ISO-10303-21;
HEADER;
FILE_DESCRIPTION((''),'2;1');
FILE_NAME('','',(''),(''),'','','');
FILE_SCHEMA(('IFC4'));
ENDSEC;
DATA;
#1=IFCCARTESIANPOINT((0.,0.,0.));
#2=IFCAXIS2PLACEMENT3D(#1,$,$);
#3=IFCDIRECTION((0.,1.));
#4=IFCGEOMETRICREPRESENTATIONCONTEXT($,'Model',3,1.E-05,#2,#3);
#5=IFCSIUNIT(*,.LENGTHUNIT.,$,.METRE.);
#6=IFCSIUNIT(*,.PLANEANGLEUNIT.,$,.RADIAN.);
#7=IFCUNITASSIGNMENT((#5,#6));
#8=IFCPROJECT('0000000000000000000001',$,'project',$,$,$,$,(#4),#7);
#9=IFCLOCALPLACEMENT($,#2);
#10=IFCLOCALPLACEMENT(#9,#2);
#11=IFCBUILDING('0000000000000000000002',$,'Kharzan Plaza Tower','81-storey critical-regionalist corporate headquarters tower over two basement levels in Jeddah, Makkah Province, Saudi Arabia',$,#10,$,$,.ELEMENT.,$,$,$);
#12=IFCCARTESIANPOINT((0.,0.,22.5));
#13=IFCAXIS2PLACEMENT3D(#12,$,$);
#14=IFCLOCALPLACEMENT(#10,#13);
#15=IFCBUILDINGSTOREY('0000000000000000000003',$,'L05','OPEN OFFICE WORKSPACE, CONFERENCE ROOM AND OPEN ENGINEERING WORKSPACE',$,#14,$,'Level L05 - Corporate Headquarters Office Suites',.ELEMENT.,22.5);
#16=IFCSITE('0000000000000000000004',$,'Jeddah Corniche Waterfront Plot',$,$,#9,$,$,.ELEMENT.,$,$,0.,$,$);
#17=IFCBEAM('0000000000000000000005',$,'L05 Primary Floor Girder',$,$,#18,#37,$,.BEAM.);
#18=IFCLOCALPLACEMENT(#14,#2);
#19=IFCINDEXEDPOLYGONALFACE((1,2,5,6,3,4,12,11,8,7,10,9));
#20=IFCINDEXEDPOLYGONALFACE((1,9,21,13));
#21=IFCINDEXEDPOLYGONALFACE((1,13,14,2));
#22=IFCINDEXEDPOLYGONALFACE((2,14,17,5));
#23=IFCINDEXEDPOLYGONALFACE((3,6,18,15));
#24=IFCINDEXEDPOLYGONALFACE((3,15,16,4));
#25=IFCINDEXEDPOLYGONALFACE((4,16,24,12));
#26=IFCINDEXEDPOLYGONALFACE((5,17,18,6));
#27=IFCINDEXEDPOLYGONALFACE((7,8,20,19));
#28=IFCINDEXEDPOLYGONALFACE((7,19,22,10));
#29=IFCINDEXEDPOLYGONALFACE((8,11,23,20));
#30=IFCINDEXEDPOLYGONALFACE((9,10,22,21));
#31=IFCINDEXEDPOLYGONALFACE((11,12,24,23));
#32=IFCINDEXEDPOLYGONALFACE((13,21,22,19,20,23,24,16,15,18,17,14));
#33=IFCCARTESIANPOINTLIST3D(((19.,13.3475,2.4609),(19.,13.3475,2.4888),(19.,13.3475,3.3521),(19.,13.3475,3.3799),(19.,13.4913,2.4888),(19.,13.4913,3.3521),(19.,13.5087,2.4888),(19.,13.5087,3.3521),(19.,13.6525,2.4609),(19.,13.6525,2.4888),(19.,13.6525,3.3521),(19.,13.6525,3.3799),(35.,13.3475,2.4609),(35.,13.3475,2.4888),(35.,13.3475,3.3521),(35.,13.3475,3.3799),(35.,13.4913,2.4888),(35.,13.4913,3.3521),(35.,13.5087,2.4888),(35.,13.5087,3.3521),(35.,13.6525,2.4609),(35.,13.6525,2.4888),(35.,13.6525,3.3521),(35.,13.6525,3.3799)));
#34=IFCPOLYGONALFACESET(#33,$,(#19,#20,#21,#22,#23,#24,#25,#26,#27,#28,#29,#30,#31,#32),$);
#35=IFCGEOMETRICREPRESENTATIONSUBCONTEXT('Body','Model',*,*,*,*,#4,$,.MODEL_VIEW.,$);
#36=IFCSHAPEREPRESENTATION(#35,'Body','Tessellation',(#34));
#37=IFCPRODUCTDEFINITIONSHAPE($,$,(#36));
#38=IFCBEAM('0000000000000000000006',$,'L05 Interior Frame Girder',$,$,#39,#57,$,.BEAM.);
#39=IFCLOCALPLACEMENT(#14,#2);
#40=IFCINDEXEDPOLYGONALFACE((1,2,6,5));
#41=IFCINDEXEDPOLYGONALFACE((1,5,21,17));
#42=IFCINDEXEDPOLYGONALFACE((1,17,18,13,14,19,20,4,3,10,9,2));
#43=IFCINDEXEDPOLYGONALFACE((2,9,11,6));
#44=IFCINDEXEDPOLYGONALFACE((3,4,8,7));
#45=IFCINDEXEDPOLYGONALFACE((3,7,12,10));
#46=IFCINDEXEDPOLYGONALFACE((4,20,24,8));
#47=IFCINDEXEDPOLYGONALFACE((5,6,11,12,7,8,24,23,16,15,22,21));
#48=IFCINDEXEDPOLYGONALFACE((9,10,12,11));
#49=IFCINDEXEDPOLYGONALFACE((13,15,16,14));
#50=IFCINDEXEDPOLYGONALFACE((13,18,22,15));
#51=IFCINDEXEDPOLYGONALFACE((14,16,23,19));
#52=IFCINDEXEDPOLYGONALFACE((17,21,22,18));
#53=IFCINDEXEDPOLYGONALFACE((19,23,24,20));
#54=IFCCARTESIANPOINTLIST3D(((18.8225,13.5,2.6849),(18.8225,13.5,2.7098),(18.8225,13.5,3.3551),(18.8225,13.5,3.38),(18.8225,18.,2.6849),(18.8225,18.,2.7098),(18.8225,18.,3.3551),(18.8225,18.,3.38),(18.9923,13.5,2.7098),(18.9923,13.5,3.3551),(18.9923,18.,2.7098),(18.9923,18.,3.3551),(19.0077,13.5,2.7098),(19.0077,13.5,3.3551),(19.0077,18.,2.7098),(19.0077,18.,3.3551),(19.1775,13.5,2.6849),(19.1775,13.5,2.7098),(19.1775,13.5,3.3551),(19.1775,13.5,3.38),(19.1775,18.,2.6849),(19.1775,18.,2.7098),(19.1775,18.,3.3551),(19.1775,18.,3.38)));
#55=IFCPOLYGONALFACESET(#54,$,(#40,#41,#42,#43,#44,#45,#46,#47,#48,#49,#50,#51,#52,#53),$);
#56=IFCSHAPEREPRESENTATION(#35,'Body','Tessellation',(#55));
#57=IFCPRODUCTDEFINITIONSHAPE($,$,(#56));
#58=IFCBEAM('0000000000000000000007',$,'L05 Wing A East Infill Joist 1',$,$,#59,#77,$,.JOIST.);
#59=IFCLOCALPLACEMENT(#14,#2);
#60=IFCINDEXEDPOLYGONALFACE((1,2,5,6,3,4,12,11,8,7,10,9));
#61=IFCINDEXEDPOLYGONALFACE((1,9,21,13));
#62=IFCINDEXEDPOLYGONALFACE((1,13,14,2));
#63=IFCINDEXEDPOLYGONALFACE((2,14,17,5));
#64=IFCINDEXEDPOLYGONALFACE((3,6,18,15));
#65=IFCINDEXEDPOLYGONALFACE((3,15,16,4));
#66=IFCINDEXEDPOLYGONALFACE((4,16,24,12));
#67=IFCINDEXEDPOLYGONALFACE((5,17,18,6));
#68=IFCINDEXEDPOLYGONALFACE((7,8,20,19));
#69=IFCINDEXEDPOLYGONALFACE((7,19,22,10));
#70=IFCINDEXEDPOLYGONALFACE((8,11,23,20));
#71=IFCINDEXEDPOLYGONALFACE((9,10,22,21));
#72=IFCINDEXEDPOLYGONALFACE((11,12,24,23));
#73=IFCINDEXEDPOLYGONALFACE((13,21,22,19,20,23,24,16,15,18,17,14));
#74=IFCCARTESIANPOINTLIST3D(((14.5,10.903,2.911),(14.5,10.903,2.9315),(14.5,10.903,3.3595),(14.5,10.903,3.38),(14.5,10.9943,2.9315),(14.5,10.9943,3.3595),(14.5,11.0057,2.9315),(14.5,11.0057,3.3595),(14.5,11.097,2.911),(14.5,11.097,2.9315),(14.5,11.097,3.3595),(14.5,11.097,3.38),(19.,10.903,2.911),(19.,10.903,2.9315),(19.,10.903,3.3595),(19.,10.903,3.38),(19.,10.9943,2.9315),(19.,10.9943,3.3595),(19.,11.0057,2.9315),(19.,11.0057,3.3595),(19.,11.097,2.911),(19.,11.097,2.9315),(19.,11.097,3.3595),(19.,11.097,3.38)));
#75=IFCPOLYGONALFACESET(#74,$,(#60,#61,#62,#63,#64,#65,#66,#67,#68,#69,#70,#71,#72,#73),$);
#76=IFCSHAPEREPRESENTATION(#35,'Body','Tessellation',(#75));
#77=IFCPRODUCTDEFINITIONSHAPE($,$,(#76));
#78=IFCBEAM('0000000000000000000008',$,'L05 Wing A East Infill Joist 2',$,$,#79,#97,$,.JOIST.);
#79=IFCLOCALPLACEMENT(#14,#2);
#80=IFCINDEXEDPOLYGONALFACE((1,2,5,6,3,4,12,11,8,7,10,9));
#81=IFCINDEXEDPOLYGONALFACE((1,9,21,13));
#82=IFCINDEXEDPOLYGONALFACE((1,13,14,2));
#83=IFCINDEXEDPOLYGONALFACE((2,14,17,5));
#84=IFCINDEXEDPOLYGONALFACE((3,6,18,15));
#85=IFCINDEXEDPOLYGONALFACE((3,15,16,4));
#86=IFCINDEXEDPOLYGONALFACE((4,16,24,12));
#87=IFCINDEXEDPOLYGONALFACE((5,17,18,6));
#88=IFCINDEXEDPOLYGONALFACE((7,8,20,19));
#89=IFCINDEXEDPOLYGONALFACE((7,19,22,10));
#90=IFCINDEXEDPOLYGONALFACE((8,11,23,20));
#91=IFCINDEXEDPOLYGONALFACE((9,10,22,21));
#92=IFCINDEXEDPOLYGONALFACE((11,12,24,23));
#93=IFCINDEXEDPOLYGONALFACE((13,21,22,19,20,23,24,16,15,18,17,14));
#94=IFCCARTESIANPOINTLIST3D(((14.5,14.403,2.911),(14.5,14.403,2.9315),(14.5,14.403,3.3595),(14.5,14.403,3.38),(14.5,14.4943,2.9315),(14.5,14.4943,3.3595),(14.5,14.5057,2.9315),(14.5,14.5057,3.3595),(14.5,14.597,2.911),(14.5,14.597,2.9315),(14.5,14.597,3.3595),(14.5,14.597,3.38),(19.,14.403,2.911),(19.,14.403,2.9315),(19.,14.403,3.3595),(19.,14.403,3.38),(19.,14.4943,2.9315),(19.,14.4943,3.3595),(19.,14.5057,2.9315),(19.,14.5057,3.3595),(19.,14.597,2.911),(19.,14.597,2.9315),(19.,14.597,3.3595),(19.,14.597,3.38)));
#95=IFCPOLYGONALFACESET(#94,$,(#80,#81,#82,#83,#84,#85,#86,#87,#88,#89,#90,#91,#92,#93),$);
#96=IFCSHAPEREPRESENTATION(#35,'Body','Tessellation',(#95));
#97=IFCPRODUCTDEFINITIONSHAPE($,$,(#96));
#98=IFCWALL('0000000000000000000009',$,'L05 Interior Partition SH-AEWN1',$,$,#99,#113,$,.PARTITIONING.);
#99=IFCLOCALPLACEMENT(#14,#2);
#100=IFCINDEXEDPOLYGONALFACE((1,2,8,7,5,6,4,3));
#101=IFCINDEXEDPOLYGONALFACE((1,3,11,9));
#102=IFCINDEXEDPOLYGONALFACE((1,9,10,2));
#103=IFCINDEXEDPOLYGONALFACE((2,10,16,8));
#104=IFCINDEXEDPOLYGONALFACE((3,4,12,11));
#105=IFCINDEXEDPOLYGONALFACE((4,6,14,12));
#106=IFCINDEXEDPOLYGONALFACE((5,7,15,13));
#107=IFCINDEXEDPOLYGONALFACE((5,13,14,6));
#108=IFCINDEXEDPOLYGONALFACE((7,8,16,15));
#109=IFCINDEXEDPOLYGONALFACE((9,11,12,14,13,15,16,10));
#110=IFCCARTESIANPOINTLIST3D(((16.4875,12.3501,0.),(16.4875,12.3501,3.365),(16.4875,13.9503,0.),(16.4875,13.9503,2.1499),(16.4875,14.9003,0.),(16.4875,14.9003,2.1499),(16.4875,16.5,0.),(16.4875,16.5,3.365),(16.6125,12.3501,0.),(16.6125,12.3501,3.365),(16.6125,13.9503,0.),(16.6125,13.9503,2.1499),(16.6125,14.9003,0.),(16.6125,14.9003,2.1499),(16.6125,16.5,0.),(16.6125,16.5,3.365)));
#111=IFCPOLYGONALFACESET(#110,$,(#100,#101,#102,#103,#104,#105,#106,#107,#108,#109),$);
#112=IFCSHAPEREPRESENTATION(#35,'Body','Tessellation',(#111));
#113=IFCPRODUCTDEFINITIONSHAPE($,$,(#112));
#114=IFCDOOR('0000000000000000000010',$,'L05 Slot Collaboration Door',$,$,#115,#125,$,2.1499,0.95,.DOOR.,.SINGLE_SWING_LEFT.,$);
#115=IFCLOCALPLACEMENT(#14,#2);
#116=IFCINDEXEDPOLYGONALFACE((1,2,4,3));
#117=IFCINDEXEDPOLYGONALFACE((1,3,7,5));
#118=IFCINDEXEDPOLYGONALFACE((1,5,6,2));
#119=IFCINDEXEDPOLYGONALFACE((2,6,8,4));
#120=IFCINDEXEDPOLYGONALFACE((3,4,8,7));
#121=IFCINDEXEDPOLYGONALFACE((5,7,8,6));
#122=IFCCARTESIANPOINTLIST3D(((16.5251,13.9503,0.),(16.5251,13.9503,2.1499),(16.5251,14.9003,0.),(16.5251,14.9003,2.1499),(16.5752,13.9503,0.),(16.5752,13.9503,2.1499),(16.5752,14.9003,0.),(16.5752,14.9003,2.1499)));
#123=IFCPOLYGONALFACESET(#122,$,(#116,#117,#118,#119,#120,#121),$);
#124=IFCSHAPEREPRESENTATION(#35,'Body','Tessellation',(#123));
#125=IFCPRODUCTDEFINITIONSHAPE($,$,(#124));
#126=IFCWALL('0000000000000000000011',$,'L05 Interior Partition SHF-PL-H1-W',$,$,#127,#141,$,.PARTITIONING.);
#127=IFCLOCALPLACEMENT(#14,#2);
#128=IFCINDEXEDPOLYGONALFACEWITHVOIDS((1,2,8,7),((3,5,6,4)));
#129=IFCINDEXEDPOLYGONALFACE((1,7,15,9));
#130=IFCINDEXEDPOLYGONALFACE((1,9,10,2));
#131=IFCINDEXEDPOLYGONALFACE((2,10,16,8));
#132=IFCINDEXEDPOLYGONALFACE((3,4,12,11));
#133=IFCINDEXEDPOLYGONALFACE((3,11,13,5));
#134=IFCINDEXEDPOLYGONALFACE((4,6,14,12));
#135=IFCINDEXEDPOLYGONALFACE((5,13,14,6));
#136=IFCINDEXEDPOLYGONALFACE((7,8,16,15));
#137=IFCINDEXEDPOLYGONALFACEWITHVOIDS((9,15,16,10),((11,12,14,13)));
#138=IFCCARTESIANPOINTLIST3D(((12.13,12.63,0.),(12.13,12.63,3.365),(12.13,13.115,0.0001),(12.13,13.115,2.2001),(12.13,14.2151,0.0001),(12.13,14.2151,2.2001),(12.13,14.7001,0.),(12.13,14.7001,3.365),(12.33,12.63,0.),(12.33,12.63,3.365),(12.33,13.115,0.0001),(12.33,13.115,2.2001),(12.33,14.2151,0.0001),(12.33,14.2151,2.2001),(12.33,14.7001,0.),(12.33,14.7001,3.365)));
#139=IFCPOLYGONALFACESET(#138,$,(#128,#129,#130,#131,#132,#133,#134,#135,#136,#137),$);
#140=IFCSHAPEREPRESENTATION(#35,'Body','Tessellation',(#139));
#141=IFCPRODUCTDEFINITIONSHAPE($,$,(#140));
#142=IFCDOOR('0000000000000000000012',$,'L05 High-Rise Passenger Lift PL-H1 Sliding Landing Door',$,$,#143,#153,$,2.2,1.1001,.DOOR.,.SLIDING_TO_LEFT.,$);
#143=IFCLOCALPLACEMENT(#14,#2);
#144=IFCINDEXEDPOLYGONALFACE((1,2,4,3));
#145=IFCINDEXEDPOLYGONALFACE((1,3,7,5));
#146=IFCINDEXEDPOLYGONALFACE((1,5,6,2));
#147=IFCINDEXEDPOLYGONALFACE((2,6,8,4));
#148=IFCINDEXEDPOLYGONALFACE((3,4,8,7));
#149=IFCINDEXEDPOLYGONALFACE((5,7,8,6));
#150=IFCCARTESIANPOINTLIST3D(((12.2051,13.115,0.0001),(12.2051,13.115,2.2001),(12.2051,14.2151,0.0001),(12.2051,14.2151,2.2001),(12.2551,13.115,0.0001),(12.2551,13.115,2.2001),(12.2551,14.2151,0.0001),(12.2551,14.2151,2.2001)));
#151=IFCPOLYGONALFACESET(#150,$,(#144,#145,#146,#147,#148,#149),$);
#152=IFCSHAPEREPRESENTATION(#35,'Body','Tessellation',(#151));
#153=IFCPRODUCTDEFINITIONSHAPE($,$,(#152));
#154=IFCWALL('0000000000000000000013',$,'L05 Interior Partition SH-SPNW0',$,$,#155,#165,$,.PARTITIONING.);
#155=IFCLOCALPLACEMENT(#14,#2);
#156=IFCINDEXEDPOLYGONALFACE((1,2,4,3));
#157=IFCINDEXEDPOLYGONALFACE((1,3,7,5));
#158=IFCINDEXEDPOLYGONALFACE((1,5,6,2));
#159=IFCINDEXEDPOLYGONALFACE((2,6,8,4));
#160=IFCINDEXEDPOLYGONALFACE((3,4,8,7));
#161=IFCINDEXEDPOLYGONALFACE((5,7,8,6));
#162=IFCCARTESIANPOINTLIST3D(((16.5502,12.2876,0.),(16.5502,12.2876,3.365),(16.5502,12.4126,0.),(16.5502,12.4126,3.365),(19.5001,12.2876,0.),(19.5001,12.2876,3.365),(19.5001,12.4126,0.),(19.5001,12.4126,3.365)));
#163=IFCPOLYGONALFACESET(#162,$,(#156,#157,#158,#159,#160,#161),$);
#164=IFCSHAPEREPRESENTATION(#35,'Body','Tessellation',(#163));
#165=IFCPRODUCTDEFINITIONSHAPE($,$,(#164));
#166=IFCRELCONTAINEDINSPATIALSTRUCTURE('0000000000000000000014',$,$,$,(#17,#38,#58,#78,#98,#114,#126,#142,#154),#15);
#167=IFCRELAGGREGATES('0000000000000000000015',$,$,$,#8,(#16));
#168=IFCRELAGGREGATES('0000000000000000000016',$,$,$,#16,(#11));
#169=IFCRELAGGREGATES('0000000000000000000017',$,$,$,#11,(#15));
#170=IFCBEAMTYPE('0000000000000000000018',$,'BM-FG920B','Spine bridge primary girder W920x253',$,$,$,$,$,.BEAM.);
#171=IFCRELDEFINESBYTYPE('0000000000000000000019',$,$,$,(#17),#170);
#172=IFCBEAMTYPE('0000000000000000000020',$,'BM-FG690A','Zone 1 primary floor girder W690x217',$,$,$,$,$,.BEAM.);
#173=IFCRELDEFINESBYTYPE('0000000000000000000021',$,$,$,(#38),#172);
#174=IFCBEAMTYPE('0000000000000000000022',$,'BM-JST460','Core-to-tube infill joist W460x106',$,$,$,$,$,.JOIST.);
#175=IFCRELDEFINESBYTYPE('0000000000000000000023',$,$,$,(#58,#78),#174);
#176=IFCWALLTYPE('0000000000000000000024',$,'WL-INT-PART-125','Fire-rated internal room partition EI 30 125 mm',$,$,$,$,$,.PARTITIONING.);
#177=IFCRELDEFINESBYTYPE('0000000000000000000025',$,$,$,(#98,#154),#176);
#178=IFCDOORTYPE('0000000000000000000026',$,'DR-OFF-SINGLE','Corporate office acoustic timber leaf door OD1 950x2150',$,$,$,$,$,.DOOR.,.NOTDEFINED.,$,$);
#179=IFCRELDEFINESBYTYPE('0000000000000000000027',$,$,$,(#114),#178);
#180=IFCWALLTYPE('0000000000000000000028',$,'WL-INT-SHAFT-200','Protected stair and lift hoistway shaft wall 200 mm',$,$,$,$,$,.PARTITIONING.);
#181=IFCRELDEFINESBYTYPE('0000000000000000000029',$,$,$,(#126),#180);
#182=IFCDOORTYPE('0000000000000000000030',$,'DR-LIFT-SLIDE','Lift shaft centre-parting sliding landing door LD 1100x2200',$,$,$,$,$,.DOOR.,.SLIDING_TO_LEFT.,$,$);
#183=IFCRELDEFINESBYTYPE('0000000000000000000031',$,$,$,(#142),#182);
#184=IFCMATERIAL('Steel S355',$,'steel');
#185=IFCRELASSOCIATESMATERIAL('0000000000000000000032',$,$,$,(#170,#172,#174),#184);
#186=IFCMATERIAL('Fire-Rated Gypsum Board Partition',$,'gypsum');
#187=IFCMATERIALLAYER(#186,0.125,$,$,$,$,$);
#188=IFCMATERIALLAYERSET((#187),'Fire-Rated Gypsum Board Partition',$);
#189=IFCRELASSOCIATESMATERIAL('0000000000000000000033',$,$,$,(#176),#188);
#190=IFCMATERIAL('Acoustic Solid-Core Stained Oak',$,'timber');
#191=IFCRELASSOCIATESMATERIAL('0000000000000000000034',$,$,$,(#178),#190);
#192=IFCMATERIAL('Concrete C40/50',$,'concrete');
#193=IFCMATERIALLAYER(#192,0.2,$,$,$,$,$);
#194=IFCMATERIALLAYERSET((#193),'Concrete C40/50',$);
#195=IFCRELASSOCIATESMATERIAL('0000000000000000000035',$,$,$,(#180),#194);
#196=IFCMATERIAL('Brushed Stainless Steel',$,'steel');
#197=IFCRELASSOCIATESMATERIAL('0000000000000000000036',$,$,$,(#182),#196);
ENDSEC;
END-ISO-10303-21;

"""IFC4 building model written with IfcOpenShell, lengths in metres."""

from ifc_helpers import new_model, si_unit, direction, frame, frame_2d, origin, origin_2d, place, context, subcontext, project, spatial, rectangle, i_section, extrude, source, transform, mapped, material, layer, layer_set, material_profile, profile_set, type_object, element, fill, save


model = new_model("IFC4")

# Units and contexts
model_context = context("Model", 3, precision=1e-05, world=origin(), true_north=direction((0.0, 1.0)))
body_context = subcontext(model_context, "Body", "Model", "MODEL_VIEW")
ifc_project = project(units=[si_unit("LENGTHUNIT", "METRE"), si_unit("PLANEANGLEUNIT", "RADIAN")], contexts=[model_context])

# Site, building, storey
site_placement = place(None, origin())
site = spatial("IfcSite", under=ifc_project, at=site_placement, Name="Jeddah Corniche Waterfront Plot", CompositionType="ELEMENT", RefElevation=0.0)
building_placement = place(site_placement, origin())
building = spatial("IfcBuilding", under=site, at=building_placement, Name="Kharzan Plaza Tower", Description="81-storey critical-regionalist corporate headquarters tower over two basement levels in Jeddah, Makkah Province, Saudi Arabia", CompositionType="ELEMENT")
storey_placement = place(building_placement, frame((0.0, 0.0, 22.5)))
storey = spatial("IfcBuildingStorey", under=building, at=storey_placement, Name="L05", Description="OPEN OFFICE WORKSPACE, CONFERENCE ROOM AND OPEN ENGINEERING WORKSPACE", LongName="Level L05 - Corporate Headquarters Office Suites", CompositionType="ELEMENT", Elevation=22.5)

# Beams
ifc_material_1 = material(Name="Steel S355", Category="steel")
ifc_material_profile_1 = material_profile(ifc_material_1, i_section(OverallWidth=0.3049, OverallDepth=0.9189, WebThickness=0.0173, FlangeThickness=0.0278, at=origin_2d()), Name="W920x253")
ifc_profile_set_1 = profile_set([ifc_material_profile_1], Name="Steel S355")
beam_type_1 = type_object("IfcBeamType", Name="BM-FG920B", Description="Spine bridge primary girder W920x253", PredefinedType="BEAM", material=ifc_profile_set_1)
shared_shape_1 = source(origin(), body_context, "Body", "SweptSolid", [
    extrude(i_section(OverallWidth=0.3049, OverallDepth=0.9189, WebThickness=0.0173, FlangeThickness=0.0278, at=origin_2d()), origin(), (0.0, 0.0, 1.0), 16.0),
])
beam_1_placement = place(storey_placement, frame((19.0, 13.5, 2.9204), z_axis=(1.0, 0.0, 0.0), x_axis=(0.0, 1.0, 0.0)))
element("IfcBeam", 1, at=beam_1_placement, inside=storey, type_object=beam_type_1, Name="L05 Primary Floor Girder", PredefinedType="BEAM", context=body_context, shape_type="MappedRepresentation", body=[
    mapped(shared_shape_1, transform((0.0, 0.0, 0.0), x_axis=(1.0, 0.0, 0.0), y_axis=(0.0, 1.0, 0.0), z_axis=(0.0, 0.0, 1.0))),
])
ifc_material_profile_2 = material_profile(ifc_material_1, i_section(OverallWidth=0.355, OverallDepth=0.6951, WebThickness=0.0154, FlangeThickness=0.0249, at=origin_2d()), Name="W690x217")
ifc_profile_set_2 = profile_set([ifc_material_profile_2], Name="Steel S355")
beam_type_2 = type_object("IfcBeamType", Name="BM-FG690A", Description="Zone 1 primary floor girder W690x217", PredefinedType="BEAM", material=ifc_profile_set_2)
shared_shape_2 = source(origin(), body_context, "Body", "SweptSolid", [
    extrude(i_section(OverallWidth=0.355, OverallDepth=0.6951, WebThickness=0.0154, FlangeThickness=0.0249, at=origin_2d()), origin(), (0.0, 0.0, 1.0), 4.5),
])
beam_2_placement = place(storey_placement, frame((19.0, 13.5, 3.0325), z_axis=(0.0, 1.0, 0.0), x_axis=(-1.0, 0.0, 0.0)))
element("IfcBeam", 2, at=beam_2_placement, inside=storey, type_object=beam_type_2, Name="L05 Interior Frame Girder", PredefinedType="BEAM", context=body_context, shape_type="MappedRepresentation", body=[
    mapped(shared_shape_2, transform((0.0, 0.0, 0.0), x_axis=(1.0, 0.0, 0.0), y_axis=(0.0, 1.0, 0.0), z_axis=(0.0, 0.0, 1.0))),
])
ifc_material_profile_3 = material_profile(ifc_material_1, i_section(OverallWidth=0.1941, OverallDepth=0.469, WebThickness=0.0115, FlangeThickness=0.0205, at=origin_2d()), Name="W460x106")
ifc_profile_set_3 = profile_set([ifc_material_profile_3], Name="Steel S355")
beam_type_3 = type_object("IfcBeamType", Name="BM-JST460", Description="Core-to-tube infill joist W460x106", PredefinedType="JOIST", material=ifc_profile_set_3)
shared_shape_3 = source(origin(), body_context, "Body", "SweptSolid", [
    extrude(i_section(OverallWidth=0.1941, OverallDepth=0.469, WebThickness=0.0115, FlangeThickness=0.0205, at=origin_2d()), origin(), (0.0, 0.0, 1.0), 4.5),
])
for number, where, z_axis, x_axis, name in (
    (3, (14.5, 11.0, 3.1455), (1.0, 0.0, 0.0), (0.0, 1.0, 0.0), "L05 Wing A East Infill Joist 1"),
    (4, (14.5, 14.5, 3.1455), (1.0, 0.0, 0.0), (0.0, 1.0, 0.0), "L05 Wing A East Infill Joist 2"),
):
    element("IfcBeam", number, at=place(storey_placement, frame(where, z_axis=z_axis, x_axis=x_axis)), inside=storey, type_object=beam_type_3, Name=name, PredefinedType="JOIST", context=body_context, shape_type="MappedRepresentation", body=[
        mapped(shared_shape_3, transform((0.0, 0.0, 0.0), x_axis=(1.0, 0.0, 0.0), y_axis=(0.0, 1.0, 0.0), z_axis=(0.0, 0.0, 1.0))),
    ])

# Walls, openings, doors
ifc_material_2 = material(Name="Fire-Rated Gypsum Board Partition", Category="gypsum")
ifc_layer_1 = layer(ifc_material_2, 0.125)
ifc_layer_set_1 = layer_set([ifc_layer_1], Name="Fire-Rated Gypsum Board Partition")
wall_type_1 = type_object("IfcWallType", Name="WL-INT-PART-125", Description="Fire-rated internal room partition EI 30 125 mm", PredefinedType="PARTITIONING", material=ifc_layer_set_1)
wall_1_placement = place(storey_placement, frame((16.55, 12.3501, 0.0), z_axis=(0.0, 0.0, 1.0), x_axis=(0.0, 1.0, 0.0)))
wall_1 = element("IfcWall", 5, at=wall_1_placement, inside=storey, type_object=wall_type_1, Name="L05 Interior Partition SH-AEWN1", PredefinedType="PARTITIONING", context=body_context, shape_type="SweptSolid", body=[
    extrude(rectangle(XDim=4.1499, YDim=0.125, at=frame_2d((2.075, 0.0))), origin(), (0.0, 0.0, 1.0), 3.365),
])
opening_1_placement = place(wall_1_placement, frame((1.6001, 0.0, 0.0)))
opening_1 = element("IfcOpeningElement", 6, at=opening_1_placement, cuts=wall_1, PredefinedType="OPENING", context=body_context, shape_type="SweptSolid", body=[
    extrude(rectangle(XDim=0.95, YDim=2.1499, at=frame_2d((0.4751, 1.075))), frame((0.0, 0.0725, 0.0), z_axis=(0.0, -1.0, 0.0), x_axis=(1.0, 0.0, 0.0)), (0.0, 0.0, 1.0), 0.145),
])
ifc_material_3 = material(Name="Acoustic Solid-Core Stained Oak", Category="timber")
door_type_1 = type_object("IfcDoorType", Name="DR-OFF-SINGLE", Description="Corporate office acoustic timber leaf door OD1 950x2150", OperationType="NOTDEFINED", PredefinedType="DOOR", material=ifc_material_3)
shared_shape_4 = source(origin(), body_context, "Body", "SweptSolid", [
    extrude(rectangle(XDim=0.95, YDim=2.1499, at=frame_2d((0.4751, 1.075))), frame((0.0, 0.0249, 0.0), z_axis=(0.0, -1.0, 0.0), x_axis=(1.0, 0.0, 0.0)), (0.0, 0.0, 1.0), 0.05),
])
door_1_placement = place(opening_1_placement, origin())
door_1 = element("IfcDoor", 7, at=door_1_placement, inside=storey, type_object=door_type_1, Name="L05 Slot Collaboration Door", OperationType="SINGLE_SWING_LEFT", OverallHeight=2.1499, OverallWidth=0.95, PredefinedType="DOOR", context=body_context, shape_type="MappedRepresentation", body=[
    mapped(shared_shape_4, transform((0.0, 0.0, 0.0), x_axis=(1.0, 0.0, 0.0), y_axis=(0.0, 1.0, 0.0), z_axis=(0.0, 0.0, 1.0))),
])
fill(opening_1, door_1)
ifc_material_4 = material(Name="Concrete C40/50", Category="concrete")
ifc_layer_2 = layer(ifc_material_4, 0.2)
ifc_layer_set_2 = layer_set([ifc_layer_2], Name="Concrete C40/50")
wall_type_2 = type_object("IfcWallType", Name="WL-INT-SHAFT-200", Description="Protected stair and lift hoistway shaft wall 200 mm", PredefinedType="PARTITIONING", material=ifc_layer_set_2)
wall_2_placement = place(storey_placement, frame((12.23, 12.6299, 0.0), z_axis=(0.0, 0.0, 1.0), x_axis=(0.0, 1.0, 0.0)))
wall_2 = element("IfcWall", 8, at=wall_2_placement, inside=storey, type_object=wall_type_2, Name="L05 Interior Partition SHF-PL-H1-W", PredefinedType="PARTITIONING", context=body_context, shape_type="SweptSolid", body=[
    extrude(rectangle(XDim=2.0701, YDim=0.2, at=frame_2d((1.0352, 0.0))), origin(), (0.0, 0.0, 1.0), 3.365),
])
opening_2_placement = place(wall_2_placement, frame((0.4851, 0.0, 0.0)))
opening_2 = element("IfcOpeningElement", 9, at=opening_2_placement, cuts=wall_2, PredefinedType="OPENING", context=body_context, shape_type="SweptSolid", body=[
    extrude(rectangle(XDim=1.1001, YDim=2.2, at=frame_2d((0.55, 1.1001))), frame((0.0, 0.1099, 0.0), z_axis=(0.0, -1.0, 0.0), x_axis=(1.0, 0.0, 0.0)), (0.0, 0.0, 1.0), 0.22),
])
ifc_material_5 = material(Name="Brushed Stainless Steel", Category="steel")
door_type_2 = type_object("IfcDoorType", Name="DR-LIFT-SLIDE", Description="Lift shaft centre-parting sliding landing door LD 1100x2200", OperationType="SLIDING_TO_LEFT", PredefinedType="DOOR", material=ifc_material_5)
shared_shape_5 = source(origin(), body_context, "Body", "SweptSolid", [
    extrude(rectangle(XDim=1.1001, YDim=2.2, at=frame_2d((0.55, 1.1001))), frame((0.0, 0.0249, 0.0), z_axis=(0.0, -1.0, 0.0), x_axis=(1.0, 0.0, 0.0)), (0.0, 0.0, 1.0), 0.05),
])
door_2_placement = place(opening_2_placement, origin())
door_2 = element("IfcDoor", 10, at=door_2_placement, inside=storey, type_object=door_type_2, Name="L05 High-Rise Passenger Lift PL-H1 Sliding Landing Door", OperationType="SLIDING_TO_LEFT", OverallHeight=2.2, OverallWidth=1.1001, PredefinedType="DOOR", context=body_context, shape_type="MappedRepresentation", body=[
    mapped(shared_shape_5, transform((0.0, 0.0, 0.0), x_axis=(1.0, 0.0, 0.0), y_axis=(0.0, 1.0, 0.0), z_axis=(0.0, 0.0, 1.0))),
])
fill(opening_2, door_2)

# Wall
shared_shape_6 = source(origin(), body_context, "Body", "SweptSolid", [
    extrude(rectangle(XDim=2.95, YDim=0.125, at=frame_2d((1.4751, 0.0))), origin(), (0.0, 0.0, 1.0), 3.365),
])
wall_3_placement = place(storey_placement, frame((16.55, 12.3501, 0.0), z_axis=(0.0, 0.0, 1.0), x_axis=(1.0, 0.0, 0.0)))
element("IfcWall", 11, at=wall_3_placement, inside=storey, type_object=wall_type_1, Name="L05 Interior Partition SH-SPNW0", PredefinedType="PARTITIONING", context=body_context, shape_type="MappedRepresentation", body=[
    mapped(shared_shape_6, transform((0.0, 0.0, 0.0), x_axis=(1.0, 0.0, 0.0), y_axis=(0.0, 1.0, 0.0), z_axis=(0.0, 0.0, 1.0))),
])

save(model, "model.ifc")
